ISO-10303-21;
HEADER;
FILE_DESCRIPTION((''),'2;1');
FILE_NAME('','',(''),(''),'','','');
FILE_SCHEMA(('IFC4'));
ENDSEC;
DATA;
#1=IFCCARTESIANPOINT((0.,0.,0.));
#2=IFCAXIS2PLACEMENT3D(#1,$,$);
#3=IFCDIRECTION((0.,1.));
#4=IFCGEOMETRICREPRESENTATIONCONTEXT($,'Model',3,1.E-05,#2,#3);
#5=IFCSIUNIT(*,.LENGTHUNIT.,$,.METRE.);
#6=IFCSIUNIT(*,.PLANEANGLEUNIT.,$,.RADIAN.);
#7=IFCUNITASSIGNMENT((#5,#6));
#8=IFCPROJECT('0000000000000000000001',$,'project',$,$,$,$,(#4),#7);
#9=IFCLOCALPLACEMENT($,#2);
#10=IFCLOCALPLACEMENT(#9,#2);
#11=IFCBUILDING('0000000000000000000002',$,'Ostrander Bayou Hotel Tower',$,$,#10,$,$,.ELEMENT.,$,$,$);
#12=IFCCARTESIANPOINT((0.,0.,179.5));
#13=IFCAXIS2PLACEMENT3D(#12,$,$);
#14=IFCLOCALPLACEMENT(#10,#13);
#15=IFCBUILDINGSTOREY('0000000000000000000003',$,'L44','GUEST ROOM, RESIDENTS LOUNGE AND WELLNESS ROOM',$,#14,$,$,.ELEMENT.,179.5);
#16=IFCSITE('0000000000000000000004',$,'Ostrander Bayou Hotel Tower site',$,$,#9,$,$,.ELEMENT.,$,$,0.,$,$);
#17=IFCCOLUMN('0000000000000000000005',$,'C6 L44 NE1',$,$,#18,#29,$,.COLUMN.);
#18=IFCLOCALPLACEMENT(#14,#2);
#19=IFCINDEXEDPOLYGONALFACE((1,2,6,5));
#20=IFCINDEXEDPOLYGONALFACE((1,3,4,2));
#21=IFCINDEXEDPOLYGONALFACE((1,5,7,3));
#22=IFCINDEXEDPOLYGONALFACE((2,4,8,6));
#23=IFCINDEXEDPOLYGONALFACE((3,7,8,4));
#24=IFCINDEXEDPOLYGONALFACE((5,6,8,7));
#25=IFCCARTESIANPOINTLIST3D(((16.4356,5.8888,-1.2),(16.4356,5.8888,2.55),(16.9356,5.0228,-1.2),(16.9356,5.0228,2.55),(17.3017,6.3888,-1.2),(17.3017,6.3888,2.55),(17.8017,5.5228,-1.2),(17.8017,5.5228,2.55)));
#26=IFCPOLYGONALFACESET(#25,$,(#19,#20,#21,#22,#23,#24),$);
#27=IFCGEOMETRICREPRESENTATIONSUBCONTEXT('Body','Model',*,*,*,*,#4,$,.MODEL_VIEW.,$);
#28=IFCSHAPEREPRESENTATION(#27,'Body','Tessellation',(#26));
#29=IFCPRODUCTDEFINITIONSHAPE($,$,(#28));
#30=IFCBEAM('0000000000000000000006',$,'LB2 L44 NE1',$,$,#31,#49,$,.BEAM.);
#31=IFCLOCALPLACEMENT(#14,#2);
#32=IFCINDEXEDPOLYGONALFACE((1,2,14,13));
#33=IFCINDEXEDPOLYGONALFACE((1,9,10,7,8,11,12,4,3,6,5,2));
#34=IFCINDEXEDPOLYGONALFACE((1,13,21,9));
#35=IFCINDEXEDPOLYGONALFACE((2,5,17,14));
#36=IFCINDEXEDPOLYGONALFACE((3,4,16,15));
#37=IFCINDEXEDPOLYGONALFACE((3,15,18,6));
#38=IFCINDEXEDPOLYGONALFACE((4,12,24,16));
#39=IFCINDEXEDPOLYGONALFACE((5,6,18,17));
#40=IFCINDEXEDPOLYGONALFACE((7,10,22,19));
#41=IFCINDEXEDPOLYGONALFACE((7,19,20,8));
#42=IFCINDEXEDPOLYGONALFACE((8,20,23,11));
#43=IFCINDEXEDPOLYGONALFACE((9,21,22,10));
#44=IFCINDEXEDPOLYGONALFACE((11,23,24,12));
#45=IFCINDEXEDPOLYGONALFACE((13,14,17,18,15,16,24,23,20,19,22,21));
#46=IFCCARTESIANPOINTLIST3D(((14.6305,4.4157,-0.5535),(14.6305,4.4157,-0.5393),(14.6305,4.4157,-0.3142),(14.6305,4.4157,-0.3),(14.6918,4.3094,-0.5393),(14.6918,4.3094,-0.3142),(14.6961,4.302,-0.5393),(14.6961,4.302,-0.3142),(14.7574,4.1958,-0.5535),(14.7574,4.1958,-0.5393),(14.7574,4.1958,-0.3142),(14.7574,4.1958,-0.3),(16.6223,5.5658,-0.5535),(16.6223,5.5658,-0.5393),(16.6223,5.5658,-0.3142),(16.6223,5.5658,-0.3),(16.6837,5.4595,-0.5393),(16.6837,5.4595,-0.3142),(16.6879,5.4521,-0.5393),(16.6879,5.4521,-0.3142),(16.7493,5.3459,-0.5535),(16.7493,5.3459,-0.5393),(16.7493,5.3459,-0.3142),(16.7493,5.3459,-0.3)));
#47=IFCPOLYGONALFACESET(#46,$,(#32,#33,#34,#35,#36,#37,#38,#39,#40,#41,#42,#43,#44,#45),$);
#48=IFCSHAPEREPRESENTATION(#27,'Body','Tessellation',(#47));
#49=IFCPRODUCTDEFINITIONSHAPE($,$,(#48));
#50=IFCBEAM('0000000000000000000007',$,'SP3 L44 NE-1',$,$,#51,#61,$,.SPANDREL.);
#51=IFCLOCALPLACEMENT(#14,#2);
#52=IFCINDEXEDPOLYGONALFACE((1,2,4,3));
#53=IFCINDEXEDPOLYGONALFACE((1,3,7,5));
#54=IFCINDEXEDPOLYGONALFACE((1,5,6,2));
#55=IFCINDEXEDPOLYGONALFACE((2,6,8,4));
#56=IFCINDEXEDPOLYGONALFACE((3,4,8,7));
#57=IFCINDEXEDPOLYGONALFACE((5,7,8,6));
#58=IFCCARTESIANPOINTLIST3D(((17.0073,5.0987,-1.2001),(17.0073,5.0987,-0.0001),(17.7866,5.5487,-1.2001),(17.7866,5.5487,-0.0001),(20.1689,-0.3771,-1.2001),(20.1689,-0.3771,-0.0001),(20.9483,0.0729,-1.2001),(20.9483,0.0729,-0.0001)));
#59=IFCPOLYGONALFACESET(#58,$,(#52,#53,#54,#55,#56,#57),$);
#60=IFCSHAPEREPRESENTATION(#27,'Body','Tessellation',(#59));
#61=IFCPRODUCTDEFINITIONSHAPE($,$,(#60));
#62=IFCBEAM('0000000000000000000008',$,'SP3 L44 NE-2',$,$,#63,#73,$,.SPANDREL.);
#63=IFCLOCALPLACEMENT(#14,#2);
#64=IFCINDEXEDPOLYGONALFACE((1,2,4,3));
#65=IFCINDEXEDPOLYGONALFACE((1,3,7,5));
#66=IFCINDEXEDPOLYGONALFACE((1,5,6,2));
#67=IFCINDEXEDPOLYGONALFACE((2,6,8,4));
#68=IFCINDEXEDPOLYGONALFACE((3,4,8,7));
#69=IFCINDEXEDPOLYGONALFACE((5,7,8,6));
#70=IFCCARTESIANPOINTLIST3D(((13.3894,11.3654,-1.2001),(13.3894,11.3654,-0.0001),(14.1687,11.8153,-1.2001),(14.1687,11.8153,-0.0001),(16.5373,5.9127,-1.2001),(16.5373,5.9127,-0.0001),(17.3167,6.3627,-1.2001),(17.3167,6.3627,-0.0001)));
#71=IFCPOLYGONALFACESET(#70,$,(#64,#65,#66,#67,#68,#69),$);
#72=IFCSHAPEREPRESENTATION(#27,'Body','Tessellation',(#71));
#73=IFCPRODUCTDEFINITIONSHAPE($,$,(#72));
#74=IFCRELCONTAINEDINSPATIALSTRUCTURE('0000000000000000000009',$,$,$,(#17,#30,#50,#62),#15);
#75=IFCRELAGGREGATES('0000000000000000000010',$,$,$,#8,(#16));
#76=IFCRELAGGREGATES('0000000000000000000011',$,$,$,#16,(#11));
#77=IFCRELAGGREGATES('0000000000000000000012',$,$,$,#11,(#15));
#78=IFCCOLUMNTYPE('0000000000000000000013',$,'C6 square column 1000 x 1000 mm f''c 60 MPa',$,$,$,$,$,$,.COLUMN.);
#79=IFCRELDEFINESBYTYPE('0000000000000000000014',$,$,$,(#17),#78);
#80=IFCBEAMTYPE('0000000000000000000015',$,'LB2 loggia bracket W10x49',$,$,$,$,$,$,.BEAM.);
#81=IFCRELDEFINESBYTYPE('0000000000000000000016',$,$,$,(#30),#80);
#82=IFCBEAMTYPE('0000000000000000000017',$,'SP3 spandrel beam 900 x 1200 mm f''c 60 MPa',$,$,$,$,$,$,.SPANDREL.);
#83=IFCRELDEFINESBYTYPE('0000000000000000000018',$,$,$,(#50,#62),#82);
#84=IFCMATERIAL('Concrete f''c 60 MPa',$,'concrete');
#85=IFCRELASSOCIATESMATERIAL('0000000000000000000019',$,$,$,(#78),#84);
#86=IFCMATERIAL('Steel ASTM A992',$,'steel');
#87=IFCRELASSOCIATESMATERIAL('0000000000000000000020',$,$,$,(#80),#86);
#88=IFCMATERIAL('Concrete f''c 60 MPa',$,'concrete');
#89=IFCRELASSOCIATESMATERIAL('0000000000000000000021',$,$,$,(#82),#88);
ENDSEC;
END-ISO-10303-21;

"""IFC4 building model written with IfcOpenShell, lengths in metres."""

from ifc_helpers import new_model, si_unit, direction, frame, origin, origin_2d, place, context, subcontext, project, spatial, rectangle, i_section, extrude, material, material_profile, profile_set, type_object, element, save


model = new_model("IFC4")

# Units and contexts
model_context = context("Model", 3, precision=1e-05, world=origin(), true_north=direction((0.0, 1.0)))
body_context = subcontext(model_context, "Body", "Model", "MODEL_VIEW")
ifc_project = project(units=[si_unit("LENGTHUNIT", "METRE"), si_unit("PLANEANGLEUNIT", "RADIAN")], contexts=[model_context])

# Site, building, storey
site_placement = place(None, origin())
site = spatial("IfcSite", under=ifc_project, at=site_placement, Name="Ostrander Bayou Hotel Tower site", CompositionType="ELEMENT", RefElevation=0.0)
building_placement = place(site_placement, origin())
building = spatial("IfcBuilding", under=site, at=building_placement, Name="Ostrander Bayou Hotel Tower", CompositionType="ELEMENT")
storey_placement = place(building_placement, frame((0.0, 0.0, 179.5)))
storey = spatial("IfcBuildingStorey", under=building, at=storey_placement, Name="L44", Description="GUEST ROOM, RESIDENTS LOUNGE AND WELLNESS ROOM", CompositionType="ELEMENT", Elevation=179.5)

# Column
ifc_material_1 = material(Name="Concrete f'c 60 MPa", Category="concrete")
ifc_material_profile_1 = material_profile(ifc_material_1, rectangle(XDim=1.0, YDim=1.0, at=origin_2d()))
ifc_profile_set_1 = profile_set([ifc_material_profile_1], Name="Concrete f'c 60 MPa")
column_type = type_object("IfcColumnType", Name="C6 square column 1000 x 1000 mm f'c 60 MPa", PredefinedType="COLUMN", material=ifc_profile_set_1)
column_placement = place(storey_placement, frame((17.1187, 5.7058, -1.2), z_axis=(0.0, 0.0, 1.0), x_axis=(0.5, -0.866025, 0.0)))
element("IfcColumn", 1, at=column_placement, inside=storey, type_object=column_type, Name="C6 L44 NE1", PredefinedType="COLUMN", context=body_context, shape_type="SweptSolid", body=[
    extrude(rectangle(XDim=1.0, YDim=1.0, at=origin_2d()), origin(), (0.0, 0.0, 1.0), 3.75),
])

# Beams
ifc_material_2 = material(Name="Steel ASTM A992", Category="steel")
ifc_material_profile_2 = material_profile(ifc_material_2, i_section(OverallWidth=0.2539, OverallDepth=0.2534, WebThickness=0.0085, FlangeThickness=0.0142, at=origin_2d()))
ifc_profile_set_2 = profile_set([ifc_material_profile_2], Name="Steel ASTM A992")
beam_type_1 = type_object("IfcBeamType", Name="LB2 loggia bracket W10x49", PredefinedType="BEAM", material=ifc_profile_set_2)
beam_1_placement = place(storey_placement, frame((16.6858, 5.4558, -0.4268), z_axis=(-0.866007, -0.500032, 0.0), x_axis=(0.500032, -0.866007, 0.0)))
element("IfcBeam", 2, at=beam_1_placement, inside=storey, type_object=beam_type_1, Name="LB2 L44 NE1", PredefinedType="BEAM", context=body_context, shape_type="SweptSolid", body=[
    extrude(i_section(OverallWidth=0.2539, OverallDepth=0.2534, WebThickness=0.0085, FlangeThickness=0.0142, at=origin_2d()), origin(), (0.0, 0.0, 1.0), 2.3),
])
ifc_material_3 = material(Name="Concrete f'c 60 MPa", Category="concrete")
ifc_material_profile_3 = material_profile(ifc_material_3, rectangle(XDim=0.8999, YDim=1.2, at=origin_2d()))
ifc_profile_set_3 = profile_set([ifc_material_profile_3], Name="Concrete f'c 60 MPa")
beam_type_2 = type_object("IfcBeamType", Name="SP3 spandrel beam 900 x 1200 mm f'c 60 MPa", PredefinedType="SPANDREL", material=ifc_profile_set_3)
beam_2_placement = place(storey_placement, frame((20.5586, -0.1521, -0.6001), z_axis=(-0.500018, 0.866015, 0.0), x_axis=(-0.866015, -0.500018, 0.0)))
element("IfcBeam", 3, at=beam_2_placement, inside=storey, type_object=beam_type_2, Name="SP3 L44 NE-1", PredefinedType="SPANDREL", context=body_context, shape_type="SweptSolid", body=[
    extrude(rectangle(XDim=0.8999, YDim=1.2, at=origin_2d()), origin(), (0.0, 0.0, 1.0), 6.323),
])
beam_3_placement = place(storey_placement, frame((16.927, 6.1377, -0.6001), z_axis=(-0.499984, 0.866034, 0.0), x_axis=(-0.866034, -0.499984, 0.0)))
element("IfcBeam", 4, at=beam_3_placement, inside=storey, type_object=beam_type_2, Name="SP3 L44 NE-2", PredefinedType="SPANDREL", context=body_context, shape_type="SweptSolid", body=[
    extrude(rectangle(XDim=0.8999, YDim=1.2, at=origin_2d()), origin(), (0.0, 0.0, 1.0), 6.2961),
])

save(model, "model.ifc")
